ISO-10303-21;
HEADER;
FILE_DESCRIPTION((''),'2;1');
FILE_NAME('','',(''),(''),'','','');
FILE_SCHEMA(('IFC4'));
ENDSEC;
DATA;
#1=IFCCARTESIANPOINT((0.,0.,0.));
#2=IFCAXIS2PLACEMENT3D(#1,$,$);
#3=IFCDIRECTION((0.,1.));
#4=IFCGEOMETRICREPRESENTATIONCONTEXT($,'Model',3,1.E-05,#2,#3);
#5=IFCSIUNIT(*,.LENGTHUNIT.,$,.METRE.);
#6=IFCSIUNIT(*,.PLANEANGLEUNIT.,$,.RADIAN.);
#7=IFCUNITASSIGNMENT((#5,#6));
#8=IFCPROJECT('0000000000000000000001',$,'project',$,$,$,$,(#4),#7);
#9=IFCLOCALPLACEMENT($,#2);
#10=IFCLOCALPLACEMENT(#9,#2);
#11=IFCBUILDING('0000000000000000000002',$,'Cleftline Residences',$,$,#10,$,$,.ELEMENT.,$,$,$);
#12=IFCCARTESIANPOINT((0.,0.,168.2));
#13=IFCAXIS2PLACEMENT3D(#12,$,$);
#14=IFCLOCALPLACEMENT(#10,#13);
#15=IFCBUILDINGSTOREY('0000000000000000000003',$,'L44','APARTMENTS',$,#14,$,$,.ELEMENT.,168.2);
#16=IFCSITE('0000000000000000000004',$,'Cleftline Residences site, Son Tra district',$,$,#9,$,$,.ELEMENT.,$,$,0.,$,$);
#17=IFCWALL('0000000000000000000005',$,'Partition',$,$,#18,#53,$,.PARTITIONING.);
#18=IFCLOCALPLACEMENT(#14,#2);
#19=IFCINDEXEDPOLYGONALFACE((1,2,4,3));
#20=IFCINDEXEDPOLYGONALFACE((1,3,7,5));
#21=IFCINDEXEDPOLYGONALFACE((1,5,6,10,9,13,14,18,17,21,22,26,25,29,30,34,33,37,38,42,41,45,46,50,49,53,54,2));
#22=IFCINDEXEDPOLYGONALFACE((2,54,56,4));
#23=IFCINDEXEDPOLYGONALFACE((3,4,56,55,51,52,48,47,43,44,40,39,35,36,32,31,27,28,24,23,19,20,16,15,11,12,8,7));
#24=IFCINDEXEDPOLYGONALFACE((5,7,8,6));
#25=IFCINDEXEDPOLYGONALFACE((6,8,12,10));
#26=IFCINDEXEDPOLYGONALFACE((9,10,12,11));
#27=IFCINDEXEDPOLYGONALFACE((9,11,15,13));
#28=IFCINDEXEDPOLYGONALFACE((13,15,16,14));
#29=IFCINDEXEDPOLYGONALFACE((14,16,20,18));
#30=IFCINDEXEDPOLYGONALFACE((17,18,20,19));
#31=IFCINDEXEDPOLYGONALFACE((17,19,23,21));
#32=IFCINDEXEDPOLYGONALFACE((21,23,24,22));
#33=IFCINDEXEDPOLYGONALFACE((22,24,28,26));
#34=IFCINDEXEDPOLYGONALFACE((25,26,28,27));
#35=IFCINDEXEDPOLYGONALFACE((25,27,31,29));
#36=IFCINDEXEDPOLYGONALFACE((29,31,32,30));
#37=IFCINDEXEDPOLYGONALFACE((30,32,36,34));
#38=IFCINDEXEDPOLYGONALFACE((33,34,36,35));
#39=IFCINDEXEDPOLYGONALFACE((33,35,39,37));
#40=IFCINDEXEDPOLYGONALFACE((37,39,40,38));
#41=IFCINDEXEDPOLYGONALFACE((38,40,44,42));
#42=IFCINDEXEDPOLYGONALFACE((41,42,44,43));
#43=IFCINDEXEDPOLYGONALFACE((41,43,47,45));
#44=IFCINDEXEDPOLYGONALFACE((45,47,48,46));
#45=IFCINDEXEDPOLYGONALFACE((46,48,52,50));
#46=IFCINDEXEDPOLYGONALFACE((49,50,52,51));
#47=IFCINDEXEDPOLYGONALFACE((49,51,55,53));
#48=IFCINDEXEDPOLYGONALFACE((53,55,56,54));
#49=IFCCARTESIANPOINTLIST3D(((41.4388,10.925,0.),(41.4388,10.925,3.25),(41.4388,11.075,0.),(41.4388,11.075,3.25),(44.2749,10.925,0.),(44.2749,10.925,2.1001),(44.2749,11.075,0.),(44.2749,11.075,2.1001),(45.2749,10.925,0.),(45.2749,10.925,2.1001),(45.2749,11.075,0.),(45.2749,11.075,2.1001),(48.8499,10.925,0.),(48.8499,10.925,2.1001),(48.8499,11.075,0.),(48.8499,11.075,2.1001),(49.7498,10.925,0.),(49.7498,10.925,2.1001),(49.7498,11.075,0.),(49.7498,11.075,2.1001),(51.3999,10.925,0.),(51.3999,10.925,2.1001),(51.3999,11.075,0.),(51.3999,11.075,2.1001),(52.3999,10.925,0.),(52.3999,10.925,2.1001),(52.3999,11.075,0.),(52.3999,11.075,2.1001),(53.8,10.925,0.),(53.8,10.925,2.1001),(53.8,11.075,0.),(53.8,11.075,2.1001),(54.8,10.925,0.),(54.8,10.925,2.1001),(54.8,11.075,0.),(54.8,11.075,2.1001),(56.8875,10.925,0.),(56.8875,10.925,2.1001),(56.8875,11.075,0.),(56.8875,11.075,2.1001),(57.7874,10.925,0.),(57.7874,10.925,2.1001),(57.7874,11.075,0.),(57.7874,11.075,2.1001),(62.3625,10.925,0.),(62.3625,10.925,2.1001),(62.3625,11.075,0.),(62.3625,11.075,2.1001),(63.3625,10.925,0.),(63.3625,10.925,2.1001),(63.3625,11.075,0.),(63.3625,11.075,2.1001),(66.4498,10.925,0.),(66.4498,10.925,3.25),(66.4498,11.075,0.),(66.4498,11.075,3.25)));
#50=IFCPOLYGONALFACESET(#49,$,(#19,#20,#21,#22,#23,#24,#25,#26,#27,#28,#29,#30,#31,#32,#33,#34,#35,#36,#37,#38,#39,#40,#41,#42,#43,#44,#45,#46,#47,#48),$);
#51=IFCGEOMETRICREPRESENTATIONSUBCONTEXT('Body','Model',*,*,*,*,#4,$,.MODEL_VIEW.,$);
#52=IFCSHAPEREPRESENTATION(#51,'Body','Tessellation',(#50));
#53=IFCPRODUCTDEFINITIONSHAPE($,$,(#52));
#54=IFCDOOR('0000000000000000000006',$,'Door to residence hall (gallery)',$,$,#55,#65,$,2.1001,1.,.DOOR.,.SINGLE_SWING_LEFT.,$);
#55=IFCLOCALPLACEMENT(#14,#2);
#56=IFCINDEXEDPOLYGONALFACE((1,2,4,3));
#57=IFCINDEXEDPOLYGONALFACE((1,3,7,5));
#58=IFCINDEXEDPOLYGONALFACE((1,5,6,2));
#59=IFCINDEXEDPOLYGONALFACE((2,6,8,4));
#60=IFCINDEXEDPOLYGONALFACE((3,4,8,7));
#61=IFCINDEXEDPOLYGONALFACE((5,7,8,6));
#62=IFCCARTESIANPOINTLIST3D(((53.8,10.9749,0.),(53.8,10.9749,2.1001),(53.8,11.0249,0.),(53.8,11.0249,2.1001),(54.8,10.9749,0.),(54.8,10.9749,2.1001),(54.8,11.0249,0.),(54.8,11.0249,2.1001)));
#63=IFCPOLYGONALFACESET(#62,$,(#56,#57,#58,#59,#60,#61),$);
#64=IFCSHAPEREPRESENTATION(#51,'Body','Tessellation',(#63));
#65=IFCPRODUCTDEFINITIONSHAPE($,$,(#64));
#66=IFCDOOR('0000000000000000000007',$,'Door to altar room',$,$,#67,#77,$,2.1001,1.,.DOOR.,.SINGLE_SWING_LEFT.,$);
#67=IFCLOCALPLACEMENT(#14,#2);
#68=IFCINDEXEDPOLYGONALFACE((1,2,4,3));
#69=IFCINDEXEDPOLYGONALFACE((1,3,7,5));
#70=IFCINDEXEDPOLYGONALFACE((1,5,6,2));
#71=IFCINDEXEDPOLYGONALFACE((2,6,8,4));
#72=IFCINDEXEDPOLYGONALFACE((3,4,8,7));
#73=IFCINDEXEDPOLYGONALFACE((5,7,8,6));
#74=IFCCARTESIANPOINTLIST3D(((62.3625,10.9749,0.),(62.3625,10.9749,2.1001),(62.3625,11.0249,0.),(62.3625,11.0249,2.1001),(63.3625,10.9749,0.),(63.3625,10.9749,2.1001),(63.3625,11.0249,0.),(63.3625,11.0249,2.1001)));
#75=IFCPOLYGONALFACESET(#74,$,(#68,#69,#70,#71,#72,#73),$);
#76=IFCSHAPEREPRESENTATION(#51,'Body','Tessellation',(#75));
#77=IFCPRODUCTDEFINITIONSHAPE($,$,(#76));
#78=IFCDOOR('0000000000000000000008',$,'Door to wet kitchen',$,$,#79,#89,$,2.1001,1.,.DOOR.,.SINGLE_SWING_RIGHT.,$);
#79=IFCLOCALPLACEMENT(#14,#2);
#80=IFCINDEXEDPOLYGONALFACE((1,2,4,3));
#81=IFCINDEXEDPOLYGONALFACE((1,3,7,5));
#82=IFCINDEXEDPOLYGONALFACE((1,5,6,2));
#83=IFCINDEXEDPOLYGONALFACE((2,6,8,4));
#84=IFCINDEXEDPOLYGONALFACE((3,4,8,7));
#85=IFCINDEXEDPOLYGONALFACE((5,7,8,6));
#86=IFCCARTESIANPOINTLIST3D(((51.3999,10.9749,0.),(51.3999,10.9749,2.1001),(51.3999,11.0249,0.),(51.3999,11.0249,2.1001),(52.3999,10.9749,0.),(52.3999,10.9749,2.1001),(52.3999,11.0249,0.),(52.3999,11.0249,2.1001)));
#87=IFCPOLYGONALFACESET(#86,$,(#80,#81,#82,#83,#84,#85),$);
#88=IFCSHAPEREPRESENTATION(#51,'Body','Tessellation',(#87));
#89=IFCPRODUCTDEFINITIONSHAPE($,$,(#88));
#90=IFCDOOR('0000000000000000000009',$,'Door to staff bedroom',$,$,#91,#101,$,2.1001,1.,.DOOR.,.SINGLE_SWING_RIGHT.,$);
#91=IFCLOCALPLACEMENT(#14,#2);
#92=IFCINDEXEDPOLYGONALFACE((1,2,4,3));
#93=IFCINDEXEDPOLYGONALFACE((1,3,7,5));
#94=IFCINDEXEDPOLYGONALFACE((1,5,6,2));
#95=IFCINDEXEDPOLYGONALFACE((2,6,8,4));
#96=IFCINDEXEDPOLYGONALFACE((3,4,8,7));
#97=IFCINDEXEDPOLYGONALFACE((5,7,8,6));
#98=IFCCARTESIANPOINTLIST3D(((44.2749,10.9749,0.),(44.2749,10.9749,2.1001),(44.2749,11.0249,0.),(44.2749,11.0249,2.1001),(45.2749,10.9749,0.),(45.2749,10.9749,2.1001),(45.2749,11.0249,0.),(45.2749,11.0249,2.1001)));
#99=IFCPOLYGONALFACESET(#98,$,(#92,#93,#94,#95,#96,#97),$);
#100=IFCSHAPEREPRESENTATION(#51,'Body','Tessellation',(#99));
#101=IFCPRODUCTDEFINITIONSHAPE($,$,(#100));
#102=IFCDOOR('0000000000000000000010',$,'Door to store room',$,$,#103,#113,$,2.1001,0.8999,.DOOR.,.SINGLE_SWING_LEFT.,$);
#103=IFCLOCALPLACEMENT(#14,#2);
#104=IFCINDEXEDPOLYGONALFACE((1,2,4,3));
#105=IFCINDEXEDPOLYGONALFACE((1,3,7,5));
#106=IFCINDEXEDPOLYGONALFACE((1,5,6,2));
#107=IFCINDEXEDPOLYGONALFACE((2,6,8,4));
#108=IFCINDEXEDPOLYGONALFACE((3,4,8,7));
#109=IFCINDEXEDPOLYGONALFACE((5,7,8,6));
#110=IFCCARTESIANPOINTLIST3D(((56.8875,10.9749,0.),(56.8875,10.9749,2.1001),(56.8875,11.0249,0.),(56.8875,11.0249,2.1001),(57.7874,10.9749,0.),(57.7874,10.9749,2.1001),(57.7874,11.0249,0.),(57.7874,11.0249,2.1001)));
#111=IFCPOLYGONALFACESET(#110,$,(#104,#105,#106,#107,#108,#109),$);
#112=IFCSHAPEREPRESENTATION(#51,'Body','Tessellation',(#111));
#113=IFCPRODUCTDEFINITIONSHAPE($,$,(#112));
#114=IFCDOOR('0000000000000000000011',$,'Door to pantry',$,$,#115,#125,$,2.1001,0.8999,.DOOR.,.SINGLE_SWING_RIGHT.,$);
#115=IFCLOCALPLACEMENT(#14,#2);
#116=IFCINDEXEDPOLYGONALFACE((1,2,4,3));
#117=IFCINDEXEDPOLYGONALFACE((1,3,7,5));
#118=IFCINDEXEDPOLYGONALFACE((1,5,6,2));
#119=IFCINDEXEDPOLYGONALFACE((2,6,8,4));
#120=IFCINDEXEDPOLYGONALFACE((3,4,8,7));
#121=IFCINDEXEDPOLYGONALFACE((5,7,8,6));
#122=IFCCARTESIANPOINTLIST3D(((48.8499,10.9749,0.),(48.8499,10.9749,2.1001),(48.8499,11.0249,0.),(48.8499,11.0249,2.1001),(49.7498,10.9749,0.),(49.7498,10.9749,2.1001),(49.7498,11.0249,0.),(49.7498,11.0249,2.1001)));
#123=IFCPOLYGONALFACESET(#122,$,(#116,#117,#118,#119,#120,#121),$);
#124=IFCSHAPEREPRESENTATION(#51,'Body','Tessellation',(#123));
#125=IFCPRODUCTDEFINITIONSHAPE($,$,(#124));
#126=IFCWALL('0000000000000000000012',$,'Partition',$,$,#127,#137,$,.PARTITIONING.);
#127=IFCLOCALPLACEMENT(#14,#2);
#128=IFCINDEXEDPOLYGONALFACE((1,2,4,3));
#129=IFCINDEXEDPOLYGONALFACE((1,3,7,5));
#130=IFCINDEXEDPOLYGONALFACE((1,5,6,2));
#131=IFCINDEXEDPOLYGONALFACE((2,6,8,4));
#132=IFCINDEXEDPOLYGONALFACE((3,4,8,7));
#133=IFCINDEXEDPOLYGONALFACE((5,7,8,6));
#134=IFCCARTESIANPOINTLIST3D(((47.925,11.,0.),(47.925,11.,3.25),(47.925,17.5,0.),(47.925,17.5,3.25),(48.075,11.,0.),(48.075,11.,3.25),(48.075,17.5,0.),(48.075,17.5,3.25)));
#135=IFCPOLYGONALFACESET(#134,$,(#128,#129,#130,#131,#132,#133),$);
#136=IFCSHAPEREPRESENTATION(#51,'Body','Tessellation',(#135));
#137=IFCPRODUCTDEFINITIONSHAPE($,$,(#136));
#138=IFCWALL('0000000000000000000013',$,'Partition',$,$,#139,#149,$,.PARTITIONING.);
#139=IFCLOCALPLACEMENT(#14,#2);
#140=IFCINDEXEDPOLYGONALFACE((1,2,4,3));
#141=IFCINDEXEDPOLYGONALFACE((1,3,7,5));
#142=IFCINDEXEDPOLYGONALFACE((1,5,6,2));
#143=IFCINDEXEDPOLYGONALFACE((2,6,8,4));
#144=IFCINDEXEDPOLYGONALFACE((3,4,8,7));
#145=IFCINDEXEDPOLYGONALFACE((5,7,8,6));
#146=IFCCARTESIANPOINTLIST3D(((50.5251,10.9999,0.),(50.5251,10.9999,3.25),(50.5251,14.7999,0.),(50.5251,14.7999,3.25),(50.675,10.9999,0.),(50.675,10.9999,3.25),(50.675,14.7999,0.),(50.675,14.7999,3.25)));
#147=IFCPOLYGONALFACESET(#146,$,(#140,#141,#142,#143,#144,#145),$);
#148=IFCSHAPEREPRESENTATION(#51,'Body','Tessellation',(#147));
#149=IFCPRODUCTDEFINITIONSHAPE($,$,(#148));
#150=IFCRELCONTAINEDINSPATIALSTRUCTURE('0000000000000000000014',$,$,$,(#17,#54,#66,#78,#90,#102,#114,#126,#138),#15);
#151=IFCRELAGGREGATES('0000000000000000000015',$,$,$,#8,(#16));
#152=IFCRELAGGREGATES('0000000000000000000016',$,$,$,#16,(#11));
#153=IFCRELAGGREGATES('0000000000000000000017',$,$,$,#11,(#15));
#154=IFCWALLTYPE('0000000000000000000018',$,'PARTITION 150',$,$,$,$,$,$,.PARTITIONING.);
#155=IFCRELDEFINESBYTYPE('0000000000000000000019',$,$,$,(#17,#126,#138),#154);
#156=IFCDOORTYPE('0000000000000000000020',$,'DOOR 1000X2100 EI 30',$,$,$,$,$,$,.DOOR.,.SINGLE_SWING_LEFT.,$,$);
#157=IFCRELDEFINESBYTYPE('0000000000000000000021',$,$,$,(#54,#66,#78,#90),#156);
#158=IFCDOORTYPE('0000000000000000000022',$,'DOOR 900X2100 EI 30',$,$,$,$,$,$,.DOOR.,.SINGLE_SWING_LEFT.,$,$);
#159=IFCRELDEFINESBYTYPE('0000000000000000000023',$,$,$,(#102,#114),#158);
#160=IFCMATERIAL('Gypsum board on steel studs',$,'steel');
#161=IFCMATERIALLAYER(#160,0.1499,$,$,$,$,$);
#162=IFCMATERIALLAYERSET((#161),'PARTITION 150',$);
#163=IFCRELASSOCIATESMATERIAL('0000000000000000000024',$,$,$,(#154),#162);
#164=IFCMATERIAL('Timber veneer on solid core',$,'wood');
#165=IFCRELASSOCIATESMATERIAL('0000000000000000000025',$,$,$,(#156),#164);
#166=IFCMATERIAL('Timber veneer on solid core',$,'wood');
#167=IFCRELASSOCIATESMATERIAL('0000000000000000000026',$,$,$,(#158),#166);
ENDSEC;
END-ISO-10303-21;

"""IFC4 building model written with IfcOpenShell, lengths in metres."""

from ifc_helpers import new_model, si_unit, direction, frame, frame_2d, origin, place, context, subcontext, project, spatial, rectangle, extrude, material, layer, layer_set, type_object, element, fill, save


model = new_model("IFC4")

# Units and contexts
model_context = context("Model", 3, precision=1e-05, world=origin(), true_north=direction((0.0, 1.0)))
body_context = subcontext(model_context, "Body", "Model", "MODEL_VIEW")
ifc_project = project(units=[si_unit("LENGTHUNIT", "METRE"), si_unit("PLANEANGLEUNIT", "RADIAN")], contexts=[model_context])

# Site, building, storey
site_placement = place(None, origin())
site = spatial("IfcSite", under=ifc_project, at=site_placement, Name="Cleftline Residences site, Son Tra district", CompositionType="ELEMENT", RefElevation=0.0)
building_placement = place(site_placement, origin())
building = spatial("IfcBuilding", under=site, at=building_placement, Name="Cleftline Residences", CompositionType="ELEMENT")
storey_placement = place(building_placement, frame((0.0, 0.0, 168.2)))
storey = spatial("IfcBuildingStorey", under=building, at=storey_placement, Name="L44", Description="APARTMENTS", CompositionType="ELEMENT", Elevation=168.2)

# Wall, openings, doors
ifc_material_1 = material(Name="Gypsum board on steel studs", Category="steel")
ifc_layer_1 = layer(ifc_material_1, 0.1499)
ifc_layer_set_1 = layer_set([ifc_layer_1], Name="PARTITION 150")
wall_type = type_object("IfcWallType", Name="PARTITION 150", PredefinedType="PARTITIONING", material=ifc_layer_set_1)
wall_1_placement = place(storey_placement, frame((41.439, 11.0, 0.0), z_axis=(0.0, 0.0, 1.0), x_axis=(1.0, 0.0, 0.0)))
wall_1 = element("IfcWall", 1, at=wall_1_placement, inside=storey, type_object=wall_type, Name="Partition", PredefinedType="PARTITIONING", context=body_context, shape_type="SweptSolid", body=[
    extrude(rectangle(XDim=25.011, YDim=0.1499, at=frame_2d((12.5054, 0.0))), origin(), (0.0, 0.0, 1.0), 3.25),
])
opening_1_placement = place(wall_1_placement, frame((12.3611, 0.0, 0.0)))
opening_1 = element("IfcOpeningElement", 2, at=opening_1_placement, cuts=wall_1, PredefinedType="OPENING", context=body_context, shape_type="SweptSolid", body=[
    extrude(rectangle(XDim=1.0, YDim=2.1001, at=frame_2d((0.5, 1.05))), frame((0.0, 0.085, 0.0), z_axis=(0.0, -1.0, 0.0), x_axis=(1.0, 0.0, 0.0)), (0.0, 0.0, 1.0), 0.1699),
])
opening_2_placement = place(wall_1_placement, frame((20.9236, 0.0, 0.0)))
opening_2 = element("IfcOpeningElement", 3, at=opening_2_placement, cuts=wall_1, PredefinedType="OPENING", context=body_context, shape_type="SweptSolid", body=[
    extrude(rectangle(XDim=1.0, YDim=2.1001, at=frame_2d((0.5, 1.05))), frame((0.0, 0.085, 0.0), z_axis=(0.0, -1.0, 0.0), x_axis=(1.0, 0.0, 0.0)), (0.0, 0.0, 1.0), 0.1699),
])
opening_3_placement = place(wall_1_placement, frame((15.4485, 0.0, 0.0)))
opening_3 = element("IfcOpeningElement", 4, at=opening_3_placement, cuts=wall_1, PredefinedType="OPENING", context=body_context, shape_type="SweptSolid", body=[
    extrude(rectangle(XDim=0.8999, YDim=2.1001, at=frame_2d((0.45, 1.05))), frame((0.0, 0.085, 0.0), z_axis=(0.0, -1.0, 0.0), x_axis=(1.0, 0.0, 0.0)), (0.0, 0.0, 1.0), 0.1699),
])
opening_4_placement = place(wall_1_placement, frame((9.9609, 0.0, 0.0)))
opening_4 = element("IfcOpeningElement", 5, at=opening_4_placement, cuts=wall_1, PredefinedType="OPENING", context=body_context, shape_type="SweptSolid", body=[
    extrude(rectangle(XDim=1.0, YDim=2.1001, at=frame_2d((0.5, 1.05))), frame((0.0, 0.085, 0.0), z_axis=(0.0, -1.0, 0.0), x_axis=(1.0, 0.0, 0.0)), (0.0, 0.0, 1.0), 0.1699),
])
opening_5_placement = place(wall_1_placement, frame((7.4109, 0.0, 0.0)))
opening_5 = element("IfcOpeningElement", 6, at=opening_5_placement, cuts=wall_1, PredefinedType="OPENING", context=body_context, shape_type="SweptSolid", body=[
    extrude(rectangle(XDim=0.8999, YDim=2.1001, at=frame_2d((0.45, 1.05))), frame((0.0, 0.085, 0.0), z_axis=(0.0, -1.0, 0.0), x_axis=(1.0, 0.0, 0.0)), (0.0, 0.0, 1.0), 0.1699),
])
opening_6_placement = place(wall_1_placement, frame((2.8359, 0.0, 0.0)))
opening_6 = element("IfcOpeningElement", 7, at=opening_6_placement, cuts=wall_1, PredefinedType="OPENING", context=body_context, shape_type="SweptSolid", body=[
    extrude(rectangle(XDim=1.0, YDim=2.1001, at=frame_2d((0.5, 1.05))), frame((0.0, 0.085, 0.0), z_axis=(0.0, -1.0, 0.0), x_axis=(1.0, 0.0, 0.0)), (0.0, 0.0, 1.0), 0.1699),
])
ifc_material_2 = material(Name="Timber veneer on solid core", Category="wood")
door_type_1 = type_object("IfcDoorType", Name="DOOR 1000X2100 EI 30", OperationType="SINGLE_SWING_LEFT", PredefinedType="DOOR", material=ifc_material_2)
door_1_placement = place(opening_1_placement, origin())
door_1 = element("IfcDoor", 8, at=door_1_placement, inside=storey, type_object=door_type_1, Name="Door to residence hall (gallery)", OperationType="SINGLE_SWING_LEFT", OverallHeight=2.1001, OverallWidth=1.0, PredefinedType="DOOR", context=body_context, shape_type="SweptSolid", body=[
    extrude(rectangle(XDim=1.0, YDim=2.1001, at=frame_2d((0.5, 1.05))), frame((0.0, 0.0249, 0.0), z_axis=(0.0, -1.0, 0.0), x_axis=(1.0, 0.0, 0.0)), (0.0, 0.0, 1.0), 0.05),
])
fill(opening_1, door_1)
door_2_placement = place(opening_2_placement, origin())
door_2 = element("IfcDoor", 9, at=door_2_placement, inside=storey, type_object=door_type_1, Name="Door to altar room", OperationType="SINGLE_SWING_LEFT", OverallHeight=2.1001, OverallWidth=1.0, PredefinedType="DOOR", context=body_context, shape_type="SweptSolid", body=[
    extrude(rectangle(XDim=1.0, YDim=2.1001, at=frame_2d((0.5, 1.05))), frame((0.0, 0.0249, 0.0), z_axis=(0.0, -1.0, 0.0), x_axis=(1.0, 0.0, 0.0)), (0.0, 0.0, 1.0), 0.05),
])
fill(opening_2, door_2)
door_3_placement = place(opening_4_placement, origin())
door_3 = element("IfcDoor", 10, at=door_3_placement, inside=storey, type_object=door_type_1, Name="Door to wet kitchen", OperationType="SINGLE_SWING_RIGHT", OverallHeight=2.1001, OverallWidth=1.0, PredefinedType="DOOR", context=body_context, shape_type="SweptSolid", body=[
    extrude(rectangle(XDim=1.0, YDim=2.1001, at=frame_2d((0.5, 1.05))), frame((0.0, 0.0249, 0.0), z_axis=(0.0, -1.0, 0.0), x_axis=(1.0, 0.0, 0.0)), (0.0, 0.0, 1.0), 0.05),
])
fill(opening_4, door_3)
door_4_placement = place(opening_6_placement, origin())
door_4 = element("IfcDoor", 11, at=door_4_placement, inside=storey, type_object=door_type_1, Name="Door to staff bedroom", OperationType="SINGLE_SWING_RIGHT", OverallHeight=2.1001, OverallWidth=1.0, PredefinedType="DOOR", context=body_context, shape_type="SweptSolid", body=[
    extrude(rectangle(XDim=1.0, YDim=2.1001, at=frame_2d((0.5, 1.05))), frame((0.0, 0.0249, 0.0), z_axis=(0.0, -1.0, 0.0), x_axis=(1.0, 0.0, 0.0)), (0.0, 0.0, 1.0), 0.05),
])
fill(opening_6, door_4)
ifc_material_3 = material(Name="Timber veneer on solid core", Category="wood")
door_type_2 = type_object("IfcDoorType", Name="DOOR 900X2100 EI 30", OperationType="SINGLE_SWING_LEFT", PredefinedType="DOOR", material=ifc_material_3)
door_5_placement = place(opening_3_placement, origin())
door_5 = element("IfcDoor", 12, at=door_5_placement, inside=storey, type_object=door_type_2, Name="Door to store room", OperationType="SINGLE_SWING_LEFT", OverallHeight=2.1001, OverallWidth=0.8999, PredefinedType="DOOR", context=body_context, shape_type="SweptSolid", body=[
    extrude(rectangle(XDim=0.8999, YDim=2.1001, at=frame_2d((0.45, 1.05))), frame((0.0, 0.0249, 0.0), z_axis=(0.0, -1.0, 0.0), x_axis=(1.0, 0.0, 0.0)), (0.0, 0.0, 1.0), 0.05),
])
fill(opening_3, door_5)
door_6_placement = place(opening_5_placement, origin())
door_6 = element("IfcDoor", 13, at=door_6_placement, inside=storey, type_object=door_type_2, Name="Door to pantry", OperationType="SINGLE_SWING_RIGHT", OverallHeight=2.1001, OverallWidth=0.8999, PredefinedType="DOOR", context=body_context, shape_type="SweptSolid", body=[
    extrude(rectangle(XDim=0.8999, YDim=2.1001, at=frame_2d((0.45, 1.05))), frame((0.0, 0.0249, 0.0), z_axis=(0.0, -1.0, 0.0), x_axis=(1.0, 0.0, 0.0)), (0.0, 0.0, 1.0), 0.05),
])
fill(opening_5, door_6)

# Walls
wall_2_placement = place(storey_placement, frame((48.0, 11.0, 0.0), z_axis=(0.0, 0.0, 1.0), x_axis=(0.0, 1.0, 0.0)))
element("IfcWall", 14, at=wall_2_placement, inside=storey, type_object=wall_type, Name="Partition", PredefinedType="PARTITIONING", context=body_context, shape_type="SweptSolid", body=[
    extrude(rectangle(XDim=6.5, YDim=0.1499, at=frame_2d((3.25, 0.0))), origin(), (0.0, 0.0, 1.0), 3.25),
])
wall_3_placement = place(storey_placement, frame((50.6001, 11.0, 0.0), z_axis=(0.0, 0.0, 1.0), x_axis=(0.0, 1.0, 0.0)))
element("IfcWall", 15, at=wall_3_placement, inside=storey, type_object=wall_type, Name="Partition", PredefinedType="PARTITIONING", context=body_context, shape_type="SweptSolid", body=[
    extrude(rectangle(XDim=3.8, YDim=0.1499, at=frame_2d((1.8999, 0.0))), origin(), (0.0, 0.0, 1.0), 3.25),
])

save(model, "model.ifc")
